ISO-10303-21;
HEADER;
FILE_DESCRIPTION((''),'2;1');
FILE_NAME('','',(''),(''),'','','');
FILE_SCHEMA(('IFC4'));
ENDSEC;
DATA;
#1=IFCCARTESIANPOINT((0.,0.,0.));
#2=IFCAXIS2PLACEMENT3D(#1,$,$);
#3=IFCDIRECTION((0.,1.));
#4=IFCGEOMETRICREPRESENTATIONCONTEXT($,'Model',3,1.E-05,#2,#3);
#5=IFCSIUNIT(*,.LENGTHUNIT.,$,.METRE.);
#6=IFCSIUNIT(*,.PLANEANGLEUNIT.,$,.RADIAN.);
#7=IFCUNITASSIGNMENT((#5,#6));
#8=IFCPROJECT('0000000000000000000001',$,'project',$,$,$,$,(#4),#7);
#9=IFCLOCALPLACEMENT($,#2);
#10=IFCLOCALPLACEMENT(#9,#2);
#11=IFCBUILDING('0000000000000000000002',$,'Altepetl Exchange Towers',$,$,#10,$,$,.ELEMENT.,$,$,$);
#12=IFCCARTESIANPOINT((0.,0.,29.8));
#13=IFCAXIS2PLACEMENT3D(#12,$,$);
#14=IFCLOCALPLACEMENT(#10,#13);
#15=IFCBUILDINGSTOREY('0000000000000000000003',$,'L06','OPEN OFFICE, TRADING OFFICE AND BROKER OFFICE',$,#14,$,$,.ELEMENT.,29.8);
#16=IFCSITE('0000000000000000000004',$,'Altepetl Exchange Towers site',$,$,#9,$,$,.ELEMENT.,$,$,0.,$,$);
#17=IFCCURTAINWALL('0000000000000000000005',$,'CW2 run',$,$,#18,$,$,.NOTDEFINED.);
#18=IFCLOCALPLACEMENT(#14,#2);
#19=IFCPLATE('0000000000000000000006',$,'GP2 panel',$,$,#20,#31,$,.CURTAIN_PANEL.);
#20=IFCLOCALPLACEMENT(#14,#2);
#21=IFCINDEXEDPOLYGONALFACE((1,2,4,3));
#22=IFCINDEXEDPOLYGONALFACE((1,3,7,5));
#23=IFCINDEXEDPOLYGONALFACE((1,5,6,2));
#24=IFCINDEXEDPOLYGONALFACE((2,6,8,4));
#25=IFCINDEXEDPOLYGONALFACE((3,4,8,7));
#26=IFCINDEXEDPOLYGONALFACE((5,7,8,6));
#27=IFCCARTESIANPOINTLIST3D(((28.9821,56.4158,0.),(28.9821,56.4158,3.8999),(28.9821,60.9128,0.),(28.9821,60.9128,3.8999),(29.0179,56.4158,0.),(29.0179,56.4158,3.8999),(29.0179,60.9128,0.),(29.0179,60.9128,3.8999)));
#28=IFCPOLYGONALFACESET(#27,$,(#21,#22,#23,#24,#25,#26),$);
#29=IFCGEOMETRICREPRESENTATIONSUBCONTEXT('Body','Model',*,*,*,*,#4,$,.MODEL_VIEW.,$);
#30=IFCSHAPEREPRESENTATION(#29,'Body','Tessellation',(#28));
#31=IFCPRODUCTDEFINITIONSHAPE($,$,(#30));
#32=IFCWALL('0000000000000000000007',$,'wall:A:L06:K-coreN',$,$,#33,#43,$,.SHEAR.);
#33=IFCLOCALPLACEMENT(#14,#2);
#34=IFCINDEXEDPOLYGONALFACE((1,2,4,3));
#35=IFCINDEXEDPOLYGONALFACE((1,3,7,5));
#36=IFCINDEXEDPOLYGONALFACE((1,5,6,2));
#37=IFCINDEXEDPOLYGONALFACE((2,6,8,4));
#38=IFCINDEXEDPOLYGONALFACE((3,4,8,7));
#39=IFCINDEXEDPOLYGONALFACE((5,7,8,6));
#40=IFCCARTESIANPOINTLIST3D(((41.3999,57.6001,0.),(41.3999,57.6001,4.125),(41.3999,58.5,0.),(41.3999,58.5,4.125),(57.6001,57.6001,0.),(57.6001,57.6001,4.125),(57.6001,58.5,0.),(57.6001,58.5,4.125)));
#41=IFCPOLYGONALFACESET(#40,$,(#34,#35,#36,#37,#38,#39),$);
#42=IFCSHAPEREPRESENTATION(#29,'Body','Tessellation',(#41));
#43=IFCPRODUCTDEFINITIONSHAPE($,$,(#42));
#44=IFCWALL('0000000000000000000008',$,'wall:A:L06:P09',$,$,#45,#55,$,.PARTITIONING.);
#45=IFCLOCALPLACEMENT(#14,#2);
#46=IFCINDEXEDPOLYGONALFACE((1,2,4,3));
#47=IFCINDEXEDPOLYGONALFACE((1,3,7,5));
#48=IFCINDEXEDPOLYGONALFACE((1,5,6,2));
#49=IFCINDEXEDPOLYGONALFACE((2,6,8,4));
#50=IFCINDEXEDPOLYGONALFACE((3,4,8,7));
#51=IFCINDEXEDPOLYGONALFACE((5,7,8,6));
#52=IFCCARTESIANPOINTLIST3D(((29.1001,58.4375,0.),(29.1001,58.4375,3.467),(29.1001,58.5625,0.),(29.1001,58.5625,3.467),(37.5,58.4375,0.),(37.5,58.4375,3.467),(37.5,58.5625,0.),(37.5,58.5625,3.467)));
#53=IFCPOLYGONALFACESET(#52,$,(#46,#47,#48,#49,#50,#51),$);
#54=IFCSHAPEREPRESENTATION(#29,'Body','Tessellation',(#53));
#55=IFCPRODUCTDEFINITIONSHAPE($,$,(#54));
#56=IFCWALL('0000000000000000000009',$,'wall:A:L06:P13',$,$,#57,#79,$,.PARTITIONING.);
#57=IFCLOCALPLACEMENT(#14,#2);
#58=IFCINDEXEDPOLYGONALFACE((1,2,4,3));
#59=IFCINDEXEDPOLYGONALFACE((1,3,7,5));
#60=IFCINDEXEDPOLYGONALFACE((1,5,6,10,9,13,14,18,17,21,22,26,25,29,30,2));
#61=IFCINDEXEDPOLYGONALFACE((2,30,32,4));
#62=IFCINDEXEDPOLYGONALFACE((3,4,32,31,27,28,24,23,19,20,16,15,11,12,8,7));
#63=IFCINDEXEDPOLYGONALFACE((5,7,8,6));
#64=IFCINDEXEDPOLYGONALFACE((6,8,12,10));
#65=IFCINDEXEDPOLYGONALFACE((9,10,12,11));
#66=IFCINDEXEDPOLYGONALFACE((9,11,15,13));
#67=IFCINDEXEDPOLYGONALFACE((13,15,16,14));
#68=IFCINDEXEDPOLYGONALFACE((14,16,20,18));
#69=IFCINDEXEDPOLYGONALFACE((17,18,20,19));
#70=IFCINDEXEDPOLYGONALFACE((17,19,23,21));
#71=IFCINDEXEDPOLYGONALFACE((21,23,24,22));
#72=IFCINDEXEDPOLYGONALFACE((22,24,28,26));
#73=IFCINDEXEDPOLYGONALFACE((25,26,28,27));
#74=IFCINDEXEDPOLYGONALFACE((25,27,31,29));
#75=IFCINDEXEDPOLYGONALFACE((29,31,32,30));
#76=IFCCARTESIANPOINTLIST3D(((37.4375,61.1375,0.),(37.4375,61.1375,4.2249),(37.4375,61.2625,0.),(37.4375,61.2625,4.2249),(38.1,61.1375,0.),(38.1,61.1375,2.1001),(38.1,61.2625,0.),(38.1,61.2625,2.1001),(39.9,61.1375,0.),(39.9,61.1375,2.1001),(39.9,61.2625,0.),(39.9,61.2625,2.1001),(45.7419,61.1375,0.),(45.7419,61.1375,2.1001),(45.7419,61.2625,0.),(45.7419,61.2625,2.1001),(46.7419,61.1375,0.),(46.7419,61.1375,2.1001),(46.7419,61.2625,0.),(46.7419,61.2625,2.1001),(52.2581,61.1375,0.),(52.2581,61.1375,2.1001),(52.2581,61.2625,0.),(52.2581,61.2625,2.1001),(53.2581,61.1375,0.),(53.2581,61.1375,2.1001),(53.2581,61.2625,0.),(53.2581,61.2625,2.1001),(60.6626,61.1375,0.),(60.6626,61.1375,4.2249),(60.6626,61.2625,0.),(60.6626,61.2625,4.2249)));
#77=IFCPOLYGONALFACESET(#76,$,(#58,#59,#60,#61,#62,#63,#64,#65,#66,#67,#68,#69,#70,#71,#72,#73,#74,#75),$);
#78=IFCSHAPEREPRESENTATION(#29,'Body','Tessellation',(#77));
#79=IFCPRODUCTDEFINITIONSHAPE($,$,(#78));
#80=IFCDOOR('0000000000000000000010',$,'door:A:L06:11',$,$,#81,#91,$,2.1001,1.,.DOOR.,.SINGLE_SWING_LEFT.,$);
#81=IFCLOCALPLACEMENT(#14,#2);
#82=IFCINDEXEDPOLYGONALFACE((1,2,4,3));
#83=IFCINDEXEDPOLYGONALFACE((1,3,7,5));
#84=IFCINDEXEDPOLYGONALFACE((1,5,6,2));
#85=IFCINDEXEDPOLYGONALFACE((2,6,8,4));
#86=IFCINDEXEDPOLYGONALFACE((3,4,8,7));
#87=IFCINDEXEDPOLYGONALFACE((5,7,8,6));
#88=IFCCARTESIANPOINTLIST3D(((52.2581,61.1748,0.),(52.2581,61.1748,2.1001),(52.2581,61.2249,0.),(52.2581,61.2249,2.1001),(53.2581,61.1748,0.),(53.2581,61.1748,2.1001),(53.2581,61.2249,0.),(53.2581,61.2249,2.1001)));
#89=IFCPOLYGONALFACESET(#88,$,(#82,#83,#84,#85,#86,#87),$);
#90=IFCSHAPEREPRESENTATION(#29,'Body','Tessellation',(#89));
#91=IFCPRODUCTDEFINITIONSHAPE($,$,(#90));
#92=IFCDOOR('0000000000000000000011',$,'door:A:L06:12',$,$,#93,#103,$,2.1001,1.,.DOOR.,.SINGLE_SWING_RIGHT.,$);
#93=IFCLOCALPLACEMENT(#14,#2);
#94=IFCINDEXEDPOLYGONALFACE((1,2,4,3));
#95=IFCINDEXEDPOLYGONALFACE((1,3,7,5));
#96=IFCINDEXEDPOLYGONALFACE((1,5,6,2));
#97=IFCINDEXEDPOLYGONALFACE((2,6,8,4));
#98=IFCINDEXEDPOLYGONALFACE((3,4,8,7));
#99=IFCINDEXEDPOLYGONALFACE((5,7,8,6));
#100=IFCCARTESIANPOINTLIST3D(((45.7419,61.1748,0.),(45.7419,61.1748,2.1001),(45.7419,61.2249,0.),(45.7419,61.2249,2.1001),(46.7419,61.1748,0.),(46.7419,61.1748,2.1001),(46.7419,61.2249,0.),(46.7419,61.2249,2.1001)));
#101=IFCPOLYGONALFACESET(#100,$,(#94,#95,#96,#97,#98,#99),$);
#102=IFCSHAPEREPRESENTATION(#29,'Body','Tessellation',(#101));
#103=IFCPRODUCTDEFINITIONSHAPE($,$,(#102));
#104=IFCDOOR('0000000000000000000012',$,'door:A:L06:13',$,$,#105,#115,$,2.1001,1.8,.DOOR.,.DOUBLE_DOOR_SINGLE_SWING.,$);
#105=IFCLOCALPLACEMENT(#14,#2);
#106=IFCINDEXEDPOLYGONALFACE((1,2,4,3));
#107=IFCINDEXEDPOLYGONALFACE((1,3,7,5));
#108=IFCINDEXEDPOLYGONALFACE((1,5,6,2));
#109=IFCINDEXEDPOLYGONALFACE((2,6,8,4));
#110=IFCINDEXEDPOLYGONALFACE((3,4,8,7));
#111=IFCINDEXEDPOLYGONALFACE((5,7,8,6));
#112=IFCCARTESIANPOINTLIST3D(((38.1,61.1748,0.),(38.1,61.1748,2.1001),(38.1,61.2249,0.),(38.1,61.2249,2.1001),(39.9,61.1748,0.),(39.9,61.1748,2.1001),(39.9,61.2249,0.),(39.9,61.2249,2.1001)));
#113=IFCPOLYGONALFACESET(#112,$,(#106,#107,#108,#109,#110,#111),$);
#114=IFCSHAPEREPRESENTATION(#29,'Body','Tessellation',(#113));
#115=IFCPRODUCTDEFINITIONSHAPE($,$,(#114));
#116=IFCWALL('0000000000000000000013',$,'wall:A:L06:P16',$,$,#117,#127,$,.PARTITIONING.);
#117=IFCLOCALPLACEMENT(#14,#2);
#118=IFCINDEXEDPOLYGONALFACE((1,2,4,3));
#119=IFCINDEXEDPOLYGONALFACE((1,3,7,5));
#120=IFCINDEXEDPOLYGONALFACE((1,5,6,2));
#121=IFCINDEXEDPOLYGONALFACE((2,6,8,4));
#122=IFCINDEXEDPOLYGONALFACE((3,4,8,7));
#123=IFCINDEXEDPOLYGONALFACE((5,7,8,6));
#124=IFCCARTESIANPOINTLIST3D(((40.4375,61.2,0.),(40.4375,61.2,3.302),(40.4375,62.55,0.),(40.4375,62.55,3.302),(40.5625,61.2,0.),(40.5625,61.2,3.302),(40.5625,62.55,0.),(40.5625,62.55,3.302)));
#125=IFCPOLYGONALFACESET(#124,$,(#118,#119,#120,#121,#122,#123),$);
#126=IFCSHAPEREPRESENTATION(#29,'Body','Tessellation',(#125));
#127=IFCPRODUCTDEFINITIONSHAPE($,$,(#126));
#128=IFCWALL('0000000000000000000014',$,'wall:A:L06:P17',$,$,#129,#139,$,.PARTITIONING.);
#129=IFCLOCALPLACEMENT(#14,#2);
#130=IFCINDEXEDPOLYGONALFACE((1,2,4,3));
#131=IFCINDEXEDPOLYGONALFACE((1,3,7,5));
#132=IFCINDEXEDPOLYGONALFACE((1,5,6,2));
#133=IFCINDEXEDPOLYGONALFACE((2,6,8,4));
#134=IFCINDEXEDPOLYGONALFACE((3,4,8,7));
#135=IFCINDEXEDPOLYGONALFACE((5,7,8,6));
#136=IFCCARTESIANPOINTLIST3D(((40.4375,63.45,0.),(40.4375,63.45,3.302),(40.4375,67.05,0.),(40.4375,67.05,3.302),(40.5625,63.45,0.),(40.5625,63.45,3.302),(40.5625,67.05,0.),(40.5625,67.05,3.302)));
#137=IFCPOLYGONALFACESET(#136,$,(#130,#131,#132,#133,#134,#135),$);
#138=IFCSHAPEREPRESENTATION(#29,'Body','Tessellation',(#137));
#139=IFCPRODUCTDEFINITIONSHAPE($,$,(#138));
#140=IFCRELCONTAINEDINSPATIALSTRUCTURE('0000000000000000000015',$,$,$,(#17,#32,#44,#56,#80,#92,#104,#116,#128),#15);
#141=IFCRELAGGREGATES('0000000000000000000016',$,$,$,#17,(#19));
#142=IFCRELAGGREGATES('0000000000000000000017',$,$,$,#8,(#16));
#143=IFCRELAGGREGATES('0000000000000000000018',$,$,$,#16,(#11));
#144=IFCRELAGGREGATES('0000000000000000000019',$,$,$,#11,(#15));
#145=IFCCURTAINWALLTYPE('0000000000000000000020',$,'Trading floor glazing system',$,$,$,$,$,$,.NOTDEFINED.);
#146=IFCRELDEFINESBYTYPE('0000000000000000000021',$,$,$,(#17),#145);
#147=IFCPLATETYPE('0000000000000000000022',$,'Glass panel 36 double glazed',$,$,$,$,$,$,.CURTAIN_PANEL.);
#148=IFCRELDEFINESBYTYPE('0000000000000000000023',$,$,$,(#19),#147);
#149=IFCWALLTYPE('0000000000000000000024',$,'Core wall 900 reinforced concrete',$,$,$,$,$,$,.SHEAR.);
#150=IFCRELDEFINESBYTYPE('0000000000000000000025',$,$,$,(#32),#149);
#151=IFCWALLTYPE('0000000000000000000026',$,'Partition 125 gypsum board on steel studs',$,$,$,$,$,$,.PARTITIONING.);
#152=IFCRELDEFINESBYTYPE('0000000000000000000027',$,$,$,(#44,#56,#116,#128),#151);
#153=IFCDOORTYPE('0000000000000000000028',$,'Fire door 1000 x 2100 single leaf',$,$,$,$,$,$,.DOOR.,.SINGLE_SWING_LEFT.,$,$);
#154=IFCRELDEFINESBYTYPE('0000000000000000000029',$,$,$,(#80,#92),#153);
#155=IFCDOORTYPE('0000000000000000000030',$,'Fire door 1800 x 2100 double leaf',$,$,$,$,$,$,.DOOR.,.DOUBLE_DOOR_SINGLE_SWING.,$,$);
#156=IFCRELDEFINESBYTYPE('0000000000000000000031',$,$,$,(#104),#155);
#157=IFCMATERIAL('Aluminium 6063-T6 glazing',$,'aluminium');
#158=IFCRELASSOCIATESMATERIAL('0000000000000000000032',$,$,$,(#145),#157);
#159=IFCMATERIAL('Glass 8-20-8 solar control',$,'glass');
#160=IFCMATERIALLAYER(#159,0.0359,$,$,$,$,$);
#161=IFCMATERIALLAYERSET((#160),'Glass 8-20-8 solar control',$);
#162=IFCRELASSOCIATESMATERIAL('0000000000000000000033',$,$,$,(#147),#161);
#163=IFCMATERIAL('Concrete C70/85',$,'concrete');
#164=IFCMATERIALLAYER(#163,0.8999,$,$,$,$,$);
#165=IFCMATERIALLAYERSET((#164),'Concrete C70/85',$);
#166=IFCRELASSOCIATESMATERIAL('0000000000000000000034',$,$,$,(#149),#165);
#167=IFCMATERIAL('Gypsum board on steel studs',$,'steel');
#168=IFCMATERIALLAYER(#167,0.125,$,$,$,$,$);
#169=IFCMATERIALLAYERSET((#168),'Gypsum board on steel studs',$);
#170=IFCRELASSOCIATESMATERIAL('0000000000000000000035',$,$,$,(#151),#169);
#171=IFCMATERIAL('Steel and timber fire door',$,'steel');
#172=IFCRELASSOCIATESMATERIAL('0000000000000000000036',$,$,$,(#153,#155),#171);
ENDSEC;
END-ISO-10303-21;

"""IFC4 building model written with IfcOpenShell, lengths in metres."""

from ifc_helpers import new_model, si_unit, direction, frame, frame_2d, origin, origin_2d, place, context, subcontext, project, spatial, rectangle, extrude, material, layer, layer_set, type_object, element, fill, aggregate, save


model = new_model("IFC4")

# Units and contexts
model_context = context("Model", 3, precision=1e-05, world=origin(), true_north=direction((0.0, 1.0)))
body_context = subcontext(model_context, "Body", "Model", "MODEL_VIEW")
ifc_project = project(units=[si_unit("LENGTHUNIT", "METRE"), si_unit("PLANEANGLEUNIT", "RADIAN")], contexts=[model_context])

# Site, building, storey
site_placement = place(None, origin())
site = spatial("IfcSite", under=ifc_project, at=site_placement, Name="Altepetl Exchange Towers site", CompositionType="ELEMENT", RefElevation=0.0)
building_placement = place(site_placement, origin())
building = spatial("IfcBuilding", under=site, at=building_placement, Name="Altepetl Exchange Towers", CompositionType="ELEMENT")
storey_placement = place(building_placement, frame((0.0, 0.0, 29.8)))
storey = spatial("IfcBuildingStorey", under=building, at=storey_placement, Name="L06", Description="OPEN OFFICE, TRADING OFFICE AND BROKER OFFICE", CompositionType="ELEMENT", Elevation=29.8)

# Shared definitions
ifc_material_1 = material(Name="Concrete C70/85", Category="concrete")

# Curtain wall
ifc_material_2 = material(Name="Aluminium 6063-T6 glazing", Category="aluminium")
curtain_wall_type = type_object("IfcCurtainWallType", Name="Trading floor glazing system", PredefinedType="NOTDEFINED", material=ifc_material_2)
curtain_wall_placement = place(storey_placement, origin())
curtain_wall = element("IfcCurtainWall", 1, at=curtain_wall_placement, inside=storey, type_object=curtain_wall_type, Name="CW2 run", PredefinedType="NOTDEFINED")

# Plate
ifc_material_3 = material(Name="Glass 8-20-8 solar control", Category="glass")
ifc_layer_1 = layer(ifc_material_3, 0.0359)
ifc_layer_set_1 = layer_set([ifc_layer_1], Name="Glass 8-20-8 solar control")
plate_type = type_object("IfcPlateType", Name="Glass panel 36 double glazed", PredefinedType="CURTAIN_PANEL", material=ifc_layer_set_1)
plate_1_placement = place(storey_placement, frame((29.0, 58.6643, 0.0), z_axis=(0.0, 0.0, 1.0), x_axis=(0.0, -1.0, 0.0)))
plate_1 = element("IfcPlate", 2, at=plate_1_placement, type_object=plate_type, Name="GP2 panel", PredefinedType="CURTAIN_PANEL", context=body_context, shape_type="SweptSolid", body=[
    extrude(rectangle(XDim=4.4971, YDim=0.0359, at=origin_2d()), origin(), (0.0, 0.0, 1.0), 3.8999),
])
aggregate(curtain_wall, [plate_1])

# Walls
ifc_layer_2 = layer(ifc_material_1, 0.8999)
ifc_layer_set_2 = layer_set([ifc_layer_2], Name="Concrete C70/85")
wall_type_1 = type_object("IfcWallType", Name="Core wall 900 reinforced concrete", PredefinedType="SHEAR", material=ifc_layer_set_2)
wall_1_placement = place(storey_placement, frame((41.3999, 58.05, 0.0)))
element("IfcWall", 3, at=wall_1_placement, inside=storey, type_object=wall_type_1, Name="wall:A:L06:K-coreN", PredefinedType="SHEAR", context=body_context, shape_type="SweptSolid", body=[
    extrude(rectangle(XDim=16.2002, YDim=0.8999, at=frame_2d((8.1001, 0.0))), origin(), (0.0, 0.0, 1.0), 4.125),
])
ifc_material_4 = material(Name="Gypsum board on steel studs", Category="steel")
ifc_layer_3 = layer(ifc_material_4, 0.125)
ifc_layer_set_3 = layer_set([ifc_layer_3], Name="Gypsum board on steel studs")
wall_type_2 = type_object("IfcWallType", Name="Partition 125 gypsum board on steel studs", PredefinedType="PARTITIONING", material=ifc_layer_set_3)
wall_2_placement = place(storey_placement, frame((29.1001, 58.5, 0.0)))
element("IfcWall", 4, at=wall_2_placement, inside=storey, type_object=wall_type_2, Name="wall:A:L06:P09", PredefinedType="PARTITIONING", context=body_context, shape_type="SweptSolid", body=[
    extrude(rectangle(XDim=8.3999, YDim=0.125, at=frame_2d((4.2, 0.0))), origin(), (0.0, 0.0, 1.0), 3.467),
])

# Wall, openings, doors
wall_3_placement = place(storey_placement, frame((37.4375, 61.2, 0.0)))
wall_3 = element("IfcWall", 5, at=wall_3_placement, inside=storey, type_object=wall_type_2, Name="wall:A:L06:P13", PredefinedType="PARTITIONING", context=body_context, shape_type="SweptSolid", body=[
    extrude(rectangle(XDim=23.2251, YDim=0.125, at=frame_2d((11.6125, 0.0))), origin(), (0.0, 0.0, 1.0), 4.2249),
])
opening_1_placement = place(wall_3_placement, frame((14.8206, 0.0, 0.0)))
opening_1 = element("IfcOpeningElement", 6, at=opening_1_placement, cuts=wall_3, PredefinedType="OPENING", context=body_context, shape_type="SweptSolid", body=[
    extrude(rectangle(XDim=1.0, YDim=2.1001, at=frame_2d((0.5, 1.05))), frame((0.0, 0.0725, 0.0), z_axis=(0.0, -1.0, 0.0), x_axis=(1.0, 0.0, 0.0)), (0.0, 0.0, 1.0), 0.145),
])
opening_2_placement = place(wall_3_placement, frame((8.3044, 0.0, 0.0)))
opening_2 = element("IfcOpeningElement", 7, at=opening_2_placement, cuts=wall_3, PredefinedType="OPENING", context=body_context, shape_type="SweptSolid", body=[
    extrude(rectangle(XDim=1.0, YDim=2.1001, at=frame_2d((0.5, 1.05))), frame((0.0, 0.0725, 0.0), z_axis=(0.0, -1.0, 0.0), x_axis=(1.0, 0.0, 0.0)), (0.0, 0.0, 1.0), 0.145),
])
opening_3_placement = place(wall_3_placement, frame((0.6626, 0.0, 0.0)))
opening_3 = element("IfcOpeningElement", 8, at=opening_3_placement, cuts=wall_3, PredefinedType="OPENING", context=body_context, shape_type="SweptSolid", body=[
    extrude(rectangle(XDim=1.8, YDim=2.1001, at=frame_2d((0.8999, 1.05))), frame((0.0, 0.0725, 0.0), z_axis=(0.0, -1.0, 0.0), x_axis=(1.0, 0.0, 0.0)), (0.0, 0.0, 1.0), 0.145),
])
ifc_material_5 = material(Name="Steel and timber fire door", Category="steel")
door_type_1 = type_object("IfcDoorType", Name="Fire door 1000 x 2100 single leaf", OperationType="SINGLE_SWING_LEFT", PredefinedType="DOOR", material=ifc_material_5)
door_1_placement = place(opening_1_placement, origin())
door_1 = element("IfcDoor", 9, at=door_1_placement, inside=storey, type_object=door_type_1, Name="door:A:L06:11", OperationType="SINGLE_SWING_LEFT", OverallHeight=2.1001, OverallWidth=1.0, PredefinedType="DOOR", context=body_context, shape_type="SweptSolid", body=[
    extrude(rectangle(XDim=1.0, YDim=2.1001, at=frame_2d((0.5, 1.05))), frame((0.0, 0.0249, 0.0), z_axis=(0.0, -1.0, 0.0), x_axis=(1.0, 0.0, 0.0)), (0.0, 0.0, 1.0), 0.05),
])
fill(opening_1, door_1)
door_2_placement = place(opening_2_placement, origin())
door_2 = element("IfcDoor", 10, at=door_2_placement, inside=storey, type_object=door_type_1, Name="door:A:L06:12", OperationType="SINGLE_SWING_RIGHT", OverallHeight=2.1001, OverallWidth=1.0, PredefinedType="DOOR", context=body_context, shape_type="SweptSolid", body=[
    extrude(rectangle(XDim=1.0, YDim=2.1001, at=frame_2d((0.5, 1.05))), frame((0.0, 0.0249, 0.0), z_axis=(0.0, -1.0, 0.0), x_axis=(1.0, 0.0, 0.0)), (0.0, 0.0, 1.0), 0.05),
])
fill(opening_2, door_2)
door_type_2 = type_object("IfcDoorType", Name="Fire door 1800 x 2100 double leaf", OperationType="DOUBLE_DOOR_SINGLE_SWING", PredefinedType="DOOR", material=ifc_material_5)
door_3_placement = place(opening_3_placement, origin())
door_3 = element("IfcDoor", 11, at=door_3_placement, inside=storey, type_object=door_type_2, Name="door:A:L06:13", OperationType="DOUBLE_DOOR_SINGLE_SWING", OverallHeight=2.1001, OverallWidth=1.8, PredefinedType="DOOR", context=body_context, shape_type="SweptSolid", body=[
    extrude(rectangle(XDim=1.8, YDim=2.1001, at=frame_2d((0.8999, 1.05))), frame((0.0, 0.0249, 0.0), z_axis=(0.0, -1.0, 0.0), x_axis=(1.0, 0.0, 0.0)), (0.0, 0.0, 1.0), 0.05),
])
fill(opening_3, door_3)

# Walls
wall_4_placement = place(storey_placement, frame((40.5, 61.2, 0.0), z_axis=(0.0, 0.0, 1.0), x_axis=(0.0, 1.0, 0.0)))
element("IfcWall", 12, at=wall_4_placement, inside=storey, type_object=wall_type_2, Name="wall:A:L06:P16", PredefinedType="PARTITIONING", context=body_context, shape_type="SweptSolid", body=[
    extrude(rectangle(XDim=1.3501, YDim=0.125, at=frame_2d((0.675, 0.0))), origin(), (0.0, 0.0, 1.0), 3.302),
])
wall_5_placement = place(storey_placement, frame((40.5, 63.45, 0.0), z_axis=(0.0, 0.0, 1.0), x_axis=(0.0, 1.0, 0.0)))
element("IfcWall", 13, at=wall_5_placement, inside=storey, type_object=wall_type_2, Name="wall:A:L06:P17", PredefinedType="PARTITIONING", context=body_context, shape_type="SweptSolid", body=[
    extrude(rectangle(XDim=3.6001, YDim=0.125, at=frame_2d((1.8, 0.0))), origin(), (0.0, 0.0, 1.0), 3.302),
])

save(model, "model.ifc")
